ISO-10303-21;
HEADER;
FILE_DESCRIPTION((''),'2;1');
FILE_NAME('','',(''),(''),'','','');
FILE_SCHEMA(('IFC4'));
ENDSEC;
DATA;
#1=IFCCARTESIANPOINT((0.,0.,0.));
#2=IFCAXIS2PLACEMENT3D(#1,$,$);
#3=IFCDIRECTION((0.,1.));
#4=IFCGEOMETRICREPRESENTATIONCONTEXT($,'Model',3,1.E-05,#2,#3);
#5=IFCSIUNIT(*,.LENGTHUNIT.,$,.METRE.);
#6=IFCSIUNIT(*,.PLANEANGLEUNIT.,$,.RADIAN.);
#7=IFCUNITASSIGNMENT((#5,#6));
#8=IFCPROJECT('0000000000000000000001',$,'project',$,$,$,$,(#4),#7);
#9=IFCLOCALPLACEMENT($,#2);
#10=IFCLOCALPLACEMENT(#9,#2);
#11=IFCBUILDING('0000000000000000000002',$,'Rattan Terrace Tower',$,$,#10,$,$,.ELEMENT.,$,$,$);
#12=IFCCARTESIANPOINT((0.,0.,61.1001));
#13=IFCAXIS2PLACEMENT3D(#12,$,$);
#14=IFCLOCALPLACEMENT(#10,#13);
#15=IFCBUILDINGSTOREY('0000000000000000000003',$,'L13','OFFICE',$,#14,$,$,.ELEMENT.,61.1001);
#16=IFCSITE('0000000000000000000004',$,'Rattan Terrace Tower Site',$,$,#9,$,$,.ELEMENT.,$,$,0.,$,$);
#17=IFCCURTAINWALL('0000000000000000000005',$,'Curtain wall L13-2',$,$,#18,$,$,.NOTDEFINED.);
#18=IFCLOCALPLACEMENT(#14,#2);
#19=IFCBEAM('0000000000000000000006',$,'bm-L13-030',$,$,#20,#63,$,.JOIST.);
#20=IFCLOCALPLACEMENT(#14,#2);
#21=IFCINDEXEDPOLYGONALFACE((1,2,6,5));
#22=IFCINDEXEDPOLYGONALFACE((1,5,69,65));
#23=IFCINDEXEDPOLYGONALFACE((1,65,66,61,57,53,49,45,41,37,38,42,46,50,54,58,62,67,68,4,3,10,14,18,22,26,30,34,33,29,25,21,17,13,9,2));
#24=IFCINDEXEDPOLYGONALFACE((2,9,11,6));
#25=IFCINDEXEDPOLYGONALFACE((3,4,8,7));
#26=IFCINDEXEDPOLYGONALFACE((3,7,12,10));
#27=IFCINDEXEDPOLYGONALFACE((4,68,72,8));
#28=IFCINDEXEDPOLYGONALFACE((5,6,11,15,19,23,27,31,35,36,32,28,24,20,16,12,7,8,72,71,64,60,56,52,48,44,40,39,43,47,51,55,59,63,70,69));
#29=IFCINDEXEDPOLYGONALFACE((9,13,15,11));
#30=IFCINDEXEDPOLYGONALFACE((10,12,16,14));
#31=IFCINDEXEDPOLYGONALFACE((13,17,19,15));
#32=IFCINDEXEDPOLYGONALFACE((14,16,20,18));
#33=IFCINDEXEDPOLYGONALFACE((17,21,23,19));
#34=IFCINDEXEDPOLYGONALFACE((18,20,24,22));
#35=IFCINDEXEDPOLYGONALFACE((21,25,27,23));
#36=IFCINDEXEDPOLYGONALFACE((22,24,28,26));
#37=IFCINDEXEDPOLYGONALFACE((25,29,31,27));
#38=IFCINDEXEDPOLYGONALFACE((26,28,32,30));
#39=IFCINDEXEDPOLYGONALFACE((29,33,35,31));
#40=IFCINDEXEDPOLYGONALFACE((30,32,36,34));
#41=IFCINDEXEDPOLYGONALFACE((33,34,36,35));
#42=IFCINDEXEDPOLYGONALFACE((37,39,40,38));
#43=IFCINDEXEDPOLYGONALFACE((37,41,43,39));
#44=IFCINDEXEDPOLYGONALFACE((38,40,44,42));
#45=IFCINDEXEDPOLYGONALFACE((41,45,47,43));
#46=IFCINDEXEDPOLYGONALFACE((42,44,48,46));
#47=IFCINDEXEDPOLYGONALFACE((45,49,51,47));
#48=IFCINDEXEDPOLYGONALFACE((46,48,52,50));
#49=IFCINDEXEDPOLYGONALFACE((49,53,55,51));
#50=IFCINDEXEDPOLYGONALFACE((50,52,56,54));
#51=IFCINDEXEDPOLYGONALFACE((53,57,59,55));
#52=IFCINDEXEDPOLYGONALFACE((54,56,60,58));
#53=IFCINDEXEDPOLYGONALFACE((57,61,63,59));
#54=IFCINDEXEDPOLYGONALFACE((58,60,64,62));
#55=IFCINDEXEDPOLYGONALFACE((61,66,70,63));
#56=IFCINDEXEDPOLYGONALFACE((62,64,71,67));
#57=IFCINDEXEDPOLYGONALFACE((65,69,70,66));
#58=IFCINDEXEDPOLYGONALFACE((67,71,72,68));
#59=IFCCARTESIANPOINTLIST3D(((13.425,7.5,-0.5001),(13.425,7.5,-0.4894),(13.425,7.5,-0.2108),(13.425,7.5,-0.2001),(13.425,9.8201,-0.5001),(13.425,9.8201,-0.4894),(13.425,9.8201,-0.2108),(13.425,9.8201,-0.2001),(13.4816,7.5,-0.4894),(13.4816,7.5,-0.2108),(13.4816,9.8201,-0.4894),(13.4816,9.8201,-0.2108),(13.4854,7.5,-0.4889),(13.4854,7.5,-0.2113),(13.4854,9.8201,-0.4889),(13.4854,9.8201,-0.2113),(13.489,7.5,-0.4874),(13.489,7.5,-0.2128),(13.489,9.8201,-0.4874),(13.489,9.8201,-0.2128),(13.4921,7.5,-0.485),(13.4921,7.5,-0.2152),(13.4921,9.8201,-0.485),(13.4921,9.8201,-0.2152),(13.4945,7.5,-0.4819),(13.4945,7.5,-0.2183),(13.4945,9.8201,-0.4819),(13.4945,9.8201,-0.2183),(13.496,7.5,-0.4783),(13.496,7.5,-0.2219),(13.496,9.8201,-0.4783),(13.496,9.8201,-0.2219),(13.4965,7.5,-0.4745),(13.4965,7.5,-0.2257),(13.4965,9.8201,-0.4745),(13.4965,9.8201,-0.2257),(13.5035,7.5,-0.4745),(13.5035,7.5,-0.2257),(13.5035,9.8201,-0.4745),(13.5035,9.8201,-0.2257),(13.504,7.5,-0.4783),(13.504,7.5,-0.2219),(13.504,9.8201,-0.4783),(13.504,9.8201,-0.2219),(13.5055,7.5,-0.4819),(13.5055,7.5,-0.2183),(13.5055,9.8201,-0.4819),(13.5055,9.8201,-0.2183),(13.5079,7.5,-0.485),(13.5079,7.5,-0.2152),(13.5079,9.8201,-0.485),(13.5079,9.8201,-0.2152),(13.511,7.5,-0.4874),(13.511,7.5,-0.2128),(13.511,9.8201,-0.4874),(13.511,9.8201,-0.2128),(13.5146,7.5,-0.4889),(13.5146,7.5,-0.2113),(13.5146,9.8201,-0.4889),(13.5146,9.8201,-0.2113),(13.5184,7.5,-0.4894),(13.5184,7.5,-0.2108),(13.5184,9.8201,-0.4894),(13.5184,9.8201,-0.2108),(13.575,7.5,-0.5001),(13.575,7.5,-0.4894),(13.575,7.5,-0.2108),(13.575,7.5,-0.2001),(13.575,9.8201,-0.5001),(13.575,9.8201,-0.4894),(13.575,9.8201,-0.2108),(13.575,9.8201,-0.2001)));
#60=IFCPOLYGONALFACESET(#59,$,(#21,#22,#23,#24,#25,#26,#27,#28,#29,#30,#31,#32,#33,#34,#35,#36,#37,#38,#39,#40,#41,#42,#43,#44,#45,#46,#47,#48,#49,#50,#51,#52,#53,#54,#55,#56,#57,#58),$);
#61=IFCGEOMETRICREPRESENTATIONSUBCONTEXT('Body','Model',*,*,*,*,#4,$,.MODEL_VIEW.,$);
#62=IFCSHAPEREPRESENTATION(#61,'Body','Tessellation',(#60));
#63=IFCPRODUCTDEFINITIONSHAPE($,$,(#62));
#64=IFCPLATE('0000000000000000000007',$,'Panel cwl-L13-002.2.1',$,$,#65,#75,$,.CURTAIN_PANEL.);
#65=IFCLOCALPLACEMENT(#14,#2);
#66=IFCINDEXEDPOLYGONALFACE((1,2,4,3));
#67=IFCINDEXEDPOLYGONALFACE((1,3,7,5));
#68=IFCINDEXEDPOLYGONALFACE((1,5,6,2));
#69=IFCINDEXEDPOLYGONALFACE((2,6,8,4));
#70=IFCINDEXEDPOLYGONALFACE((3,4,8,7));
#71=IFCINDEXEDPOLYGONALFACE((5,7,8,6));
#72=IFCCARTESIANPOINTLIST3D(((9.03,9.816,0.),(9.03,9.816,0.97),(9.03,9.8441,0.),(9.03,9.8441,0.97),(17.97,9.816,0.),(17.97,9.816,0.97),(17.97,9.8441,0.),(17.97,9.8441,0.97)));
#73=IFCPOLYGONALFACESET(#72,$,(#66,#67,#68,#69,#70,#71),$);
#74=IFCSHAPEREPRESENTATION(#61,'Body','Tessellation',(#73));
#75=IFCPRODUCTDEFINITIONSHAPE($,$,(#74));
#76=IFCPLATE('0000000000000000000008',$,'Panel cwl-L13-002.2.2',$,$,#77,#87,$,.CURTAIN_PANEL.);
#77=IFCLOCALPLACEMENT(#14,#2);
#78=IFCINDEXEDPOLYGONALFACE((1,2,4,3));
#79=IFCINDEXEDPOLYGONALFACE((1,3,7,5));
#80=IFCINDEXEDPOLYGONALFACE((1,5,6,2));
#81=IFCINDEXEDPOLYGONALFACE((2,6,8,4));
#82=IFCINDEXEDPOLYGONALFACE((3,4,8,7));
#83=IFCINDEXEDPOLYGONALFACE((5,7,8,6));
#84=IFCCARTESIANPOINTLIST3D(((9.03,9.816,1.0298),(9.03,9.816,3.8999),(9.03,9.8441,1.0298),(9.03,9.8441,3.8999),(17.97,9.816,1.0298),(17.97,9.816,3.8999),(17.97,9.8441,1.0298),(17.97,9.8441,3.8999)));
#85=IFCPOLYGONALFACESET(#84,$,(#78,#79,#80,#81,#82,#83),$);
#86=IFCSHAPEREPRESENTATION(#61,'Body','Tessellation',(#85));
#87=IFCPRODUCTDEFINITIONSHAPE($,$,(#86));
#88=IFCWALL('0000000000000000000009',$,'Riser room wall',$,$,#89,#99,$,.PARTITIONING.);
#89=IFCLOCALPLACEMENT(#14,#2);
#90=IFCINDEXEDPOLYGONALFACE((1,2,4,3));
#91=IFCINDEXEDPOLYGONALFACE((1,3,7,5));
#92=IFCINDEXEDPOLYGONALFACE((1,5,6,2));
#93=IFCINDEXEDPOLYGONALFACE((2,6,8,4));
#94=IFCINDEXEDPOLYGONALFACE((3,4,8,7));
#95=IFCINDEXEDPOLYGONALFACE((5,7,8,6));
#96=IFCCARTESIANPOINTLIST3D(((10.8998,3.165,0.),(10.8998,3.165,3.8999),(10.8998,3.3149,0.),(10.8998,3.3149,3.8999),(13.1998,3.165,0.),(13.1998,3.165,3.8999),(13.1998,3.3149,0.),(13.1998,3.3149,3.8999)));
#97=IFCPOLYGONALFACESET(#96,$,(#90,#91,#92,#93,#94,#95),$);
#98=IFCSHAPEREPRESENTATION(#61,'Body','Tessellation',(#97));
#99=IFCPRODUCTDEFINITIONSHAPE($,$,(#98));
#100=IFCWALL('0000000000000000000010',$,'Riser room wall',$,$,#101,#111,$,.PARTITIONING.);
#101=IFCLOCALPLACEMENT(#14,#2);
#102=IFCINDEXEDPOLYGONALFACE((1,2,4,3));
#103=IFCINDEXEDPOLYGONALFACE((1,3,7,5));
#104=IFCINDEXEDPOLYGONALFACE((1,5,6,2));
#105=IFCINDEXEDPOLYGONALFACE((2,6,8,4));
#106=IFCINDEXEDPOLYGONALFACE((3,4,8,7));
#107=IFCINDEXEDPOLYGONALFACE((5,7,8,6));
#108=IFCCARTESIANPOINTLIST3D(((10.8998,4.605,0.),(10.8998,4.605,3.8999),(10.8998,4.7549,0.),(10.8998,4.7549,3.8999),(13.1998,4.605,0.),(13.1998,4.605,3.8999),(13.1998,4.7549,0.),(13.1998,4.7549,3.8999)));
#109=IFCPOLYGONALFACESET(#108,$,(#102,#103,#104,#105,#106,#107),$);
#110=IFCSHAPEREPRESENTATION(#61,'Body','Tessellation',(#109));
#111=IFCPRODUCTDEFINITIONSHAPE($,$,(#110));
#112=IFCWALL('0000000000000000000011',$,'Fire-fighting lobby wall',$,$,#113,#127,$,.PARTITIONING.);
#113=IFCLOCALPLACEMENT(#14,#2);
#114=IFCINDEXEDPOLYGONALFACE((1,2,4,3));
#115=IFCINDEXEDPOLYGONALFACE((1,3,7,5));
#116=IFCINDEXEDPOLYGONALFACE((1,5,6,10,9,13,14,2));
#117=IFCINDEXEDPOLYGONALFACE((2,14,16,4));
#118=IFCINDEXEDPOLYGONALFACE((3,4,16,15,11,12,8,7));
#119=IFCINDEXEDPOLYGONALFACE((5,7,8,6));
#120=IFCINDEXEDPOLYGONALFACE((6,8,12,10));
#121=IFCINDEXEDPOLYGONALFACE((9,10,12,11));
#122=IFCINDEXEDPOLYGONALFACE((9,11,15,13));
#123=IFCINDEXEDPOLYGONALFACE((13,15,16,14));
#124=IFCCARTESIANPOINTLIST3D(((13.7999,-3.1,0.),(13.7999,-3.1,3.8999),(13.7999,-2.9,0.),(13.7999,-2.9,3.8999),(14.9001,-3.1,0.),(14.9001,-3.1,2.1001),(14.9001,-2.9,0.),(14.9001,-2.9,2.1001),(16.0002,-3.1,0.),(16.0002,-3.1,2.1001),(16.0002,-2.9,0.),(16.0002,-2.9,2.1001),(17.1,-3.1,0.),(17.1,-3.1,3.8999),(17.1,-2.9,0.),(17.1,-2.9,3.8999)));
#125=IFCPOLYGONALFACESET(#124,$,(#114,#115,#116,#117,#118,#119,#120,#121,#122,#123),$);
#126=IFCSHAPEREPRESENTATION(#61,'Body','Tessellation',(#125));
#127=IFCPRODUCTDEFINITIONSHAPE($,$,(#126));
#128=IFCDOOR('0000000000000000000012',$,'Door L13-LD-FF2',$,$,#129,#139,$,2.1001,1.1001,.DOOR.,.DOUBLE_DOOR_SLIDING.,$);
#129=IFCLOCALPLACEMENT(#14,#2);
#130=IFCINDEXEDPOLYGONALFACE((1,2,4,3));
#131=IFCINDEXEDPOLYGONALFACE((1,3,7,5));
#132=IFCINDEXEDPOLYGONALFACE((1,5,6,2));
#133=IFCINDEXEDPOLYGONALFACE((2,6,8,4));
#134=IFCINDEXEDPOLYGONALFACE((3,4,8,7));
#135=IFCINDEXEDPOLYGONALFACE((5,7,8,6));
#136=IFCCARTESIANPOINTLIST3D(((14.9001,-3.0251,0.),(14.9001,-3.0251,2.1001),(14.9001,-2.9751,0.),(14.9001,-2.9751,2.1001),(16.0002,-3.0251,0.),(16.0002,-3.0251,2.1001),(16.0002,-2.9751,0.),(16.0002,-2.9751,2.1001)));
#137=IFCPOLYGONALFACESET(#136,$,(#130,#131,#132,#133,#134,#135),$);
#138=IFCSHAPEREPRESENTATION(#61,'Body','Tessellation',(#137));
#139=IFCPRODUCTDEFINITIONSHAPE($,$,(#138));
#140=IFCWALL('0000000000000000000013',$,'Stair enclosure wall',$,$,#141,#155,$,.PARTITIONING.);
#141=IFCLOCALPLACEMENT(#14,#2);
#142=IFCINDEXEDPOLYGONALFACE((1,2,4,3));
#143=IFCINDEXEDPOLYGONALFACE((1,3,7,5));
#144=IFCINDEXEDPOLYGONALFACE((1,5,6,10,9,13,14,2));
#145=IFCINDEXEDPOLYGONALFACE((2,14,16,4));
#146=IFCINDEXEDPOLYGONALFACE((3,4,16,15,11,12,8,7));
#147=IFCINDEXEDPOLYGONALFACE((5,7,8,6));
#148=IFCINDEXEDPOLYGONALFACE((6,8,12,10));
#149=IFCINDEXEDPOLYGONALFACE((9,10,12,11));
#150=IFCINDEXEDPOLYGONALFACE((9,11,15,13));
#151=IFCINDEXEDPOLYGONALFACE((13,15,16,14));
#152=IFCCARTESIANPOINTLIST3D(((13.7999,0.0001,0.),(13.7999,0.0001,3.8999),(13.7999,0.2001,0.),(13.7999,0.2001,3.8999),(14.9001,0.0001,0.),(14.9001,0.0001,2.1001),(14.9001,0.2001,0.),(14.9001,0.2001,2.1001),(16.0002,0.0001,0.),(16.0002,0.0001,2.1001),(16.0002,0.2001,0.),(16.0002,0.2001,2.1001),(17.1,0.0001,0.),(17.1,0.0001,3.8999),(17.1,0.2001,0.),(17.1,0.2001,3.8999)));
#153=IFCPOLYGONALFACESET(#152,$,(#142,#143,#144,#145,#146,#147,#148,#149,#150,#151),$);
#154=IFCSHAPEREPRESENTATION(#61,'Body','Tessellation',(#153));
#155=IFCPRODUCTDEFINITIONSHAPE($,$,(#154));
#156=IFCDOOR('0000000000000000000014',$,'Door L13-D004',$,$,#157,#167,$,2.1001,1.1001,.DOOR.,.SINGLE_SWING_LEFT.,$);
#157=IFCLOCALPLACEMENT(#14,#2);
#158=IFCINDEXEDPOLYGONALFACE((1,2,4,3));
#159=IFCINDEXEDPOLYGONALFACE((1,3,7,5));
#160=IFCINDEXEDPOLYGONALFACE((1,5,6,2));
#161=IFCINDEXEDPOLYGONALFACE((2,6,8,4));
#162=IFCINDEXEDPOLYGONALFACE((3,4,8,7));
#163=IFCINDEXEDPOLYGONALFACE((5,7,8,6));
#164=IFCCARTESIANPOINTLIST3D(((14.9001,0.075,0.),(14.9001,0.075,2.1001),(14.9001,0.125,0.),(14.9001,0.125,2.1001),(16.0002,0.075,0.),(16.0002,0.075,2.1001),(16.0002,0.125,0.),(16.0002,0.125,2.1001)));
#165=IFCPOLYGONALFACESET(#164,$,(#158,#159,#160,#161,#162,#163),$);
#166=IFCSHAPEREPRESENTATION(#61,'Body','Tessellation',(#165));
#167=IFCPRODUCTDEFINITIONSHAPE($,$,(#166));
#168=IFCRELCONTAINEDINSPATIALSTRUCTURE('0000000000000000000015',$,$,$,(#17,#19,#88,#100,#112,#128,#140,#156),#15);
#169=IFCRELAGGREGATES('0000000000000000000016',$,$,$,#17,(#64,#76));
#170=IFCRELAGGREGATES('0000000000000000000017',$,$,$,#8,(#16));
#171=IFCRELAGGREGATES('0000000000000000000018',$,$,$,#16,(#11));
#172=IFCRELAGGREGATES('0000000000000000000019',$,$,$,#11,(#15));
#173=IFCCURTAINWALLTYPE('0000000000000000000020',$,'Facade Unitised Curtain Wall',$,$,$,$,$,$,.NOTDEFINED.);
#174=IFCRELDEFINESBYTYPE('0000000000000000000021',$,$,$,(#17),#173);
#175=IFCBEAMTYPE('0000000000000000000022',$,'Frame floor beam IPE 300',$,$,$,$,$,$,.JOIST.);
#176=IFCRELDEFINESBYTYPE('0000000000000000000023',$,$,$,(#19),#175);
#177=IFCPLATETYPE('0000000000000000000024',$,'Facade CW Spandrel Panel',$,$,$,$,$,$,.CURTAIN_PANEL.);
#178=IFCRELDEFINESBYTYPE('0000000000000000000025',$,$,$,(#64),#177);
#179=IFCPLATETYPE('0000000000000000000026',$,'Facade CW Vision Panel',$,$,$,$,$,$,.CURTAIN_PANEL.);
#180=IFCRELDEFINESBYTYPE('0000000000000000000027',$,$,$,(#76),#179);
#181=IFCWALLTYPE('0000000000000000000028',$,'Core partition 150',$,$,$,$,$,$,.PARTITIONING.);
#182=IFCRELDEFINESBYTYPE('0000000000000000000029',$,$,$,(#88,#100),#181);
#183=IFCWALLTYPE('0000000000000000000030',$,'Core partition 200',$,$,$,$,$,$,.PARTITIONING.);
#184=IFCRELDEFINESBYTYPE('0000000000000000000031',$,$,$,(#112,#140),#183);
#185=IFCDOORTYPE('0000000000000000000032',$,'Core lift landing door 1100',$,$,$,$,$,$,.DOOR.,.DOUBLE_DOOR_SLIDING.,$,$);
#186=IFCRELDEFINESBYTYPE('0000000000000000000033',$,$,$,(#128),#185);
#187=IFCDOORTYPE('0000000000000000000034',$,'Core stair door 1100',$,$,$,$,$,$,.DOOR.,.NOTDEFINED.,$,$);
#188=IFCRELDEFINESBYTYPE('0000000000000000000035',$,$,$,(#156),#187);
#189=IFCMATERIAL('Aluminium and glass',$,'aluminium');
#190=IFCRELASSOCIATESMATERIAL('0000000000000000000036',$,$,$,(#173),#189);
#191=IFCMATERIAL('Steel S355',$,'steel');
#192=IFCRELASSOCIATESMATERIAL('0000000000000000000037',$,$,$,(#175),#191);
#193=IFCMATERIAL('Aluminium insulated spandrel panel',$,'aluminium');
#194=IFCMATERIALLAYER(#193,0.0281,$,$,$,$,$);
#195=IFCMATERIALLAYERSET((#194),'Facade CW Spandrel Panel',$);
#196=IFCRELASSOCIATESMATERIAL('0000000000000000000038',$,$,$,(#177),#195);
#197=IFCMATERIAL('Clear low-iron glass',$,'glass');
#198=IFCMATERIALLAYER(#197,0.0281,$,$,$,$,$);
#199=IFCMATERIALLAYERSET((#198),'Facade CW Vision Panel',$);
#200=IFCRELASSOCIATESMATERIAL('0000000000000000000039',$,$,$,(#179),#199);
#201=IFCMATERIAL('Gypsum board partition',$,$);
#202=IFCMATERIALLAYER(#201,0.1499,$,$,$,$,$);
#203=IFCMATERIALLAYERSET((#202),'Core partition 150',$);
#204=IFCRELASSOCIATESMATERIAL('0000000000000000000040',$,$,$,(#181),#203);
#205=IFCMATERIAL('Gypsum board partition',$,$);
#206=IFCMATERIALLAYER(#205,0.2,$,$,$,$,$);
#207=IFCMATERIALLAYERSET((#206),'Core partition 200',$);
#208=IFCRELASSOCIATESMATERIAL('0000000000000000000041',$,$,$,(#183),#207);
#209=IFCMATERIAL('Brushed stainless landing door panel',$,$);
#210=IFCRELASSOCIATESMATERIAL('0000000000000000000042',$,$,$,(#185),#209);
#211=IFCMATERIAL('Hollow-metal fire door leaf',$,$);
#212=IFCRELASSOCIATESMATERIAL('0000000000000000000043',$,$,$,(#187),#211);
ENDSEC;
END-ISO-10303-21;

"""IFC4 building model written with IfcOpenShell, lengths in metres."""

from ifc_helpers import new_model, si_unit, direction, frame, frame_2d, origin, origin_2d, place, context, subcontext, project, spatial, rectangle, i_section, extrude, material, layer, layer_set, material_profile, profile_set, type_object, element, fill, aggregate, save


model = new_model("IFC4")

# Units and contexts
model_context = context("Model", 3, precision=1e-05, world=origin(), true_north=direction((0.0, 1.0)))
body_context = subcontext(model_context, "Body", "Model", "MODEL_VIEW")
ifc_project = project(units=[si_unit("LENGTHUNIT", "METRE"), si_unit("PLANEANGLEUNIT", "RADIAN")], contexts=[model_context])

# Site, building, storey
site_placement = place(None, origin())
site = spatial("IfcSite", under=ifc_project, at=site_placement, Name="Rattan Terrace Tower Site", CompositionType="ELEMENT", RefElevation=0.0)
building_placement = place(site_placement, origin())
building = spatial("IfcBuilding", under=site, at=building_placement, Name="Rattan Terrace Tower", CompositionType="ELEMENT")
storey_placement = place(building_placement, frame((0.0, 0.0, 61.1001)))
storey = spatial("IfcBuildingStorey", under=building, at=storey_placement, Name="L13", Description="OFFICE", CompositionType="ELEMENT", Elevation=61.1001)

# Curtain wall
ifc_material_1 = material(Name="Aluminium and glass", Category="aluminium")
curtain_wall_type = type_object("IfcCurtainWallType", Name="Facade Unitised Curtain Wall", PredefinedType="NOTDEFINED", material=ifc_material_1)
curtain_wall_placement = place(storey_placement, origin())
curtain_wall = element("IfcCurtainWall", 1, at=curtain_wall_placement, inside=storey, type_object=curtain_wall_type, Name="Curtain wall L13-2", PredefinedType="NOTDEFINED")

# Beam
ifc_material_2 = material(Name="Steel S355", Category="steel")
ifc_material_profile_1 = material_profile(ifc_material_2, i_section(OverallWidth=0.1499, OverallDepth=0.3, WebThickness=0.0071, FlangeThickness=0.0107, FilletRadius=0.0149, at=origin_2d()), Name="IPE 300")
ifc_profile_set_1 = profile_set([ifc_material_profile_1], Name="Steel S355")
beam_type_1 = type_object("IfcBeamType", Name="Frame floor beam IPE 300", PredefinedType="JOIST", material=ifc_profile_set_1)
for number, where, z_axis, x_axis, name in (
    (2, (13.5, 7.5, -0.3501), (0.0, 1.0, 0.0), (-1.0, 0.0, 0.0), "bm-L13-030"),
):
    element("IfcBeam", number, at=place(storey_placement, frame(where, z_axis=z_axis, x_axis=x_axis)), inside=storey, type_object=beam_type_1, Name=name, PredefinedType="JOIST", context=body_context, shape_type="SweptSolid", body=[
        extrude(i_section(OverallWidth=0.1499, OverallDepth=0.3, WebThickness=0.0071, FlangeThickness=0.0107, FilletRadius=0.0149, at=origin_2d()), origin(), (0.0, 0.0, 1.0), 2.3201),
    ])

# Plates
ifc_material_3 = material(Name="Aluminium insulated spandrel panel", Category="aluminium")
ifc_layer_1 = layer(ifc_material_3, 0.0281)
ifc_layer_set_1 = layer_set([ifc_layer_1], Name="Facade CW Spandrel Panel")
plate_type_1 = type_object("IfcPlateType", Name="Facade CW Spandrel Panel", PredefinedType="CURTAIN_PANEL", material=ifc_layer_set_1)
plate_1_placement = place(storey_placement, frame((13.5, 9.8301, 0.0), z_axis=(0.0, 0.0, 1.0), x_axis=(-1.0, 0.0, 0.0)))
plate_1 = element("IfcPlate", 3, at=plate_1_placement, type_object=plate_type_1, Name="Panel cwl-L13-002.2.1", PredefinedType="CURTAIN_PANEL", context=body_context, shape_type="SweptSolid", body=[
    extrude(rectangle(XDim=8.9399, YDim=0.0281, at=origin_2d()), origin(), (0.0, 0.0, 1.0), 0.97),
])
ifc_material_4 = material(Name="Clear low-iron glass", Category="glass")
ifc_layer_2 = layer(ifc_material_4, 0.0281)
ifc_layer_set_2 = layer_set([ifc_layer_2], Name="Facade CW Vision Panel")
plate_type_2 = type_object("IfcPlateType", Name="Facade CW Vision Panel", PredefinedType="CURTAIN_PANEL", material=ifc_layer_set_2)
plate_2_placement = place(storey_placement, frame((13.5, 9.8301, 1.0298), z_axis=(0.0, 0.0, 1.0), x_axis=(-1.0, 0.0, 0.0)))
plate_2 = element("IfcPlate", 4, at=plate_2_placement, type_object=plate_type_2, Name="Panel cwl-L13-002.2.2", PredefinedType="CURTAIN_PANEL", context=body_context, shape_type="SweptSolid", body=[
    extrude(rectangle(XDim=8.9399, YDim=0.0281, at=origin_2d()), origin(), (0.0, 0.0, 1.0), 2.8701),
])
aggregate(curtain_wall, [plate_1, plate_2])

# Walls
ifc_material_5 = material(Name="Gypsum board partition")
ifc_layer_3 = layer(ifc_material_5, 0.1499)
ifc_layer_set_3 = layer_set([ifc_layer_3], Name="Core partition 150")
wall_type_1 = type_object("IfcWallType", Name="Core partition 150", PredefinedType="PARTITIONING", material=ifc_layer_set_3)
for number, where, z_axis, x_axis, name in (
    (5, (10.8999, 3.24, 0.0), (0.0, 0.0, 1.0), (1.0, 0.0, 0.0), "Riser room wall"),
    (6, (10.8999, 4.6799, 0.0), (0.0, 0.0, 1.0), (1.0, 0.0, 0.0), "Riser room wall"),
):
    element("IfcWall", number, at=place(storey_placement, frame(where, z_axis=z_axis, x_axis=x_axis)), inside=storey, type_object=wall_type_1, Name=name, PredefinedType="PARTITIONING", context=body_context, shape_type="SweptSolid", body=[
        extrude(rectangle(XDim=2.3, YDim=0.1499, at=frame_2d((1.1499, 0.0))), origin(), (0.0, 0.0, 1.0), 3.8999),
    ])

# Walls, openings, doors
ifc_material_6 = material(Name="Gypsum board partition")
ifc_layer_4 = layer(ifc_material_6, 0.2)
ifc_layer_set_4 = layer_set([ifc_layer_4], Name="Core partition 200")
wall_type_2 = type_object("IfcWallType", Name="Core partition 200", PredefinedType="PARTITIONING", material=ifc_layer_set_4)
wall_1_placement = place(storey_placement, frame((13.8, -3.0, 0.0), z_axis=(0.0, 0.0, 1.0), x_axis=(1.0, 0.0, 0.0)))
wall_1 = element("IfcWall", 7, at=wall_1_placement, inside=storey, type_object=wall_type_2, Name="Fire-fighting lobby wall", PredefinedType="PARTITIONING", context=body_context, shape_type="SweptSolid", body=[
    extrude(rectangle(XDim=3.3, YDim=0.2, at=frame_2d((1.6499, 0.0))), origin(), (0.0, 0.0, 1.0), 3.8999),
])
opening_1_placement = place(wall_1_placement, frame((1.1001, 0.0, 0.0)))
opening_1 = element("IfcOpeningElement", 8, at=opening_1_placement, cuts=wall_1, PredefinedType="OPENING", context=body_context, shape_type="SweptSolid", body=[
    extrude(rectangle(XDim=1.1001, YDim=2.1001, at=frame_2d((0.55, 1.05))), frame((0.0, 0.1106, 0.0), z_axis=(0.0, -1.0, 0.0), x_axis=(1.0, 0.0, 0.0)), (0.0, 0.0, 1.0), 0.2209),
])
ifc_material_7 = material(Name="Brushed stainless landing door panel")
door_type_1 = type_object("IfcDoorType", Name="Core lift landing door 1100", OperationType="DOUBLE_DOOR_SLIDING", PredefinedType="DOOR", material=ifc_material_7)
door_1_placement = place(opening_1_placement, origin())
door_1 = element("IfcDoor", 9, at=door_1_placement, inside=storey, type_object=door_type_1, Name="Door L13-LD-FF2", OperationType="DOUBLE_DOOR_SLIDING", OverallHeight=2.1001, OverallWidth=1.1001, PredefinedType="DOOR", context=body_context, shape_type="SweptSolid", body=[
    extrude(rectangle(XDim=1.1001, YDim=2.1001, at=frame_2d((0.55, 1.05))), frame((0.0, 0.0249, 0.0), z_axis=(0.0, -1.0, 0.0), x_axis=(1.0, 0.0, 0.0)), (0.0, 0.0, 1.0), 0.05),
])
fill(opening_1, door_1)
wall_2_placement = place(storey_placement, frame((13.8, 0.1001, 0.0), z_axis=(0.0, 0.0, 1.0), x_axis=(1.0, 0.0, 0.0)))
wall_2 = element("IfcWall", 10, at=wall_2_placement, inside=storey, type_object=wall_type_2, Name="Stair enclosure wall", PredefinedType="PARTITIONING", context=body_context, shape_type="SweptSolid", body=[
    extrude(rectangle(XDim=3.3, YDim=0.2, at=frame_2d((1.6499, 0.0))), origin(), (0.0, 0.0, 1.0), 3.8999),
])
opening_2_placement = place(wall_2_placement, frame((1.1001, 0.0, 0.0)))
opening_2 = element("IfcOpeningElement", 11, at=opening_2_placement, cuts=wall_2, PredefinedType="OPENING", context=body_context, shape_type="SweptSolid", body=[
    extrude(rectangle(XDim=1.1001, YDim=2.1001, at=frame_2d((0.55, 1.05))), frame((0.0, 0.1106, 0.0), z_axis=(0.0, -1.0, 0.0), x_axis=(1.0, 0.0, 0.0)), (0.0, 0.0, 1.0), 0.2209),
])
ifc_material_8 = material(Name="Hollow-metal fire door leaf")
door_type_2 = type_object("IfcDoorType", Name="Core stair door 1100", OperationType="NOTDEFINED", PredefinedType="DOOR", material=ifc_material_8)
door_2_placement = place(opening_2_placement, origin())
door_2 = element("IfcDoor", 12, at=door_2_placement, inside=storey, type_object=door_type_2, Name="Door L13-D004", OperationType="SINGLE_SWING_LEFT", OverallHeight=2.1001, OverallWidth=1.1001, PredefinedType="DOOR", context=body_context, shape_type="SweptSolid", body=[
    extrude(rectangle(XDim=1.1001, YDim=2.1001, at=frame_2d((0.55, 1.05))), frame((0.0, 0.0249, 0.0), z_axis=(0.0, -1.0, 0.0), x_axis=(1.0, 0.0, 0.0)), (0.0, 0.0, 1.0), 0.05),
])
fill(opening_2, door_2)

save(model, "model.ifc")
